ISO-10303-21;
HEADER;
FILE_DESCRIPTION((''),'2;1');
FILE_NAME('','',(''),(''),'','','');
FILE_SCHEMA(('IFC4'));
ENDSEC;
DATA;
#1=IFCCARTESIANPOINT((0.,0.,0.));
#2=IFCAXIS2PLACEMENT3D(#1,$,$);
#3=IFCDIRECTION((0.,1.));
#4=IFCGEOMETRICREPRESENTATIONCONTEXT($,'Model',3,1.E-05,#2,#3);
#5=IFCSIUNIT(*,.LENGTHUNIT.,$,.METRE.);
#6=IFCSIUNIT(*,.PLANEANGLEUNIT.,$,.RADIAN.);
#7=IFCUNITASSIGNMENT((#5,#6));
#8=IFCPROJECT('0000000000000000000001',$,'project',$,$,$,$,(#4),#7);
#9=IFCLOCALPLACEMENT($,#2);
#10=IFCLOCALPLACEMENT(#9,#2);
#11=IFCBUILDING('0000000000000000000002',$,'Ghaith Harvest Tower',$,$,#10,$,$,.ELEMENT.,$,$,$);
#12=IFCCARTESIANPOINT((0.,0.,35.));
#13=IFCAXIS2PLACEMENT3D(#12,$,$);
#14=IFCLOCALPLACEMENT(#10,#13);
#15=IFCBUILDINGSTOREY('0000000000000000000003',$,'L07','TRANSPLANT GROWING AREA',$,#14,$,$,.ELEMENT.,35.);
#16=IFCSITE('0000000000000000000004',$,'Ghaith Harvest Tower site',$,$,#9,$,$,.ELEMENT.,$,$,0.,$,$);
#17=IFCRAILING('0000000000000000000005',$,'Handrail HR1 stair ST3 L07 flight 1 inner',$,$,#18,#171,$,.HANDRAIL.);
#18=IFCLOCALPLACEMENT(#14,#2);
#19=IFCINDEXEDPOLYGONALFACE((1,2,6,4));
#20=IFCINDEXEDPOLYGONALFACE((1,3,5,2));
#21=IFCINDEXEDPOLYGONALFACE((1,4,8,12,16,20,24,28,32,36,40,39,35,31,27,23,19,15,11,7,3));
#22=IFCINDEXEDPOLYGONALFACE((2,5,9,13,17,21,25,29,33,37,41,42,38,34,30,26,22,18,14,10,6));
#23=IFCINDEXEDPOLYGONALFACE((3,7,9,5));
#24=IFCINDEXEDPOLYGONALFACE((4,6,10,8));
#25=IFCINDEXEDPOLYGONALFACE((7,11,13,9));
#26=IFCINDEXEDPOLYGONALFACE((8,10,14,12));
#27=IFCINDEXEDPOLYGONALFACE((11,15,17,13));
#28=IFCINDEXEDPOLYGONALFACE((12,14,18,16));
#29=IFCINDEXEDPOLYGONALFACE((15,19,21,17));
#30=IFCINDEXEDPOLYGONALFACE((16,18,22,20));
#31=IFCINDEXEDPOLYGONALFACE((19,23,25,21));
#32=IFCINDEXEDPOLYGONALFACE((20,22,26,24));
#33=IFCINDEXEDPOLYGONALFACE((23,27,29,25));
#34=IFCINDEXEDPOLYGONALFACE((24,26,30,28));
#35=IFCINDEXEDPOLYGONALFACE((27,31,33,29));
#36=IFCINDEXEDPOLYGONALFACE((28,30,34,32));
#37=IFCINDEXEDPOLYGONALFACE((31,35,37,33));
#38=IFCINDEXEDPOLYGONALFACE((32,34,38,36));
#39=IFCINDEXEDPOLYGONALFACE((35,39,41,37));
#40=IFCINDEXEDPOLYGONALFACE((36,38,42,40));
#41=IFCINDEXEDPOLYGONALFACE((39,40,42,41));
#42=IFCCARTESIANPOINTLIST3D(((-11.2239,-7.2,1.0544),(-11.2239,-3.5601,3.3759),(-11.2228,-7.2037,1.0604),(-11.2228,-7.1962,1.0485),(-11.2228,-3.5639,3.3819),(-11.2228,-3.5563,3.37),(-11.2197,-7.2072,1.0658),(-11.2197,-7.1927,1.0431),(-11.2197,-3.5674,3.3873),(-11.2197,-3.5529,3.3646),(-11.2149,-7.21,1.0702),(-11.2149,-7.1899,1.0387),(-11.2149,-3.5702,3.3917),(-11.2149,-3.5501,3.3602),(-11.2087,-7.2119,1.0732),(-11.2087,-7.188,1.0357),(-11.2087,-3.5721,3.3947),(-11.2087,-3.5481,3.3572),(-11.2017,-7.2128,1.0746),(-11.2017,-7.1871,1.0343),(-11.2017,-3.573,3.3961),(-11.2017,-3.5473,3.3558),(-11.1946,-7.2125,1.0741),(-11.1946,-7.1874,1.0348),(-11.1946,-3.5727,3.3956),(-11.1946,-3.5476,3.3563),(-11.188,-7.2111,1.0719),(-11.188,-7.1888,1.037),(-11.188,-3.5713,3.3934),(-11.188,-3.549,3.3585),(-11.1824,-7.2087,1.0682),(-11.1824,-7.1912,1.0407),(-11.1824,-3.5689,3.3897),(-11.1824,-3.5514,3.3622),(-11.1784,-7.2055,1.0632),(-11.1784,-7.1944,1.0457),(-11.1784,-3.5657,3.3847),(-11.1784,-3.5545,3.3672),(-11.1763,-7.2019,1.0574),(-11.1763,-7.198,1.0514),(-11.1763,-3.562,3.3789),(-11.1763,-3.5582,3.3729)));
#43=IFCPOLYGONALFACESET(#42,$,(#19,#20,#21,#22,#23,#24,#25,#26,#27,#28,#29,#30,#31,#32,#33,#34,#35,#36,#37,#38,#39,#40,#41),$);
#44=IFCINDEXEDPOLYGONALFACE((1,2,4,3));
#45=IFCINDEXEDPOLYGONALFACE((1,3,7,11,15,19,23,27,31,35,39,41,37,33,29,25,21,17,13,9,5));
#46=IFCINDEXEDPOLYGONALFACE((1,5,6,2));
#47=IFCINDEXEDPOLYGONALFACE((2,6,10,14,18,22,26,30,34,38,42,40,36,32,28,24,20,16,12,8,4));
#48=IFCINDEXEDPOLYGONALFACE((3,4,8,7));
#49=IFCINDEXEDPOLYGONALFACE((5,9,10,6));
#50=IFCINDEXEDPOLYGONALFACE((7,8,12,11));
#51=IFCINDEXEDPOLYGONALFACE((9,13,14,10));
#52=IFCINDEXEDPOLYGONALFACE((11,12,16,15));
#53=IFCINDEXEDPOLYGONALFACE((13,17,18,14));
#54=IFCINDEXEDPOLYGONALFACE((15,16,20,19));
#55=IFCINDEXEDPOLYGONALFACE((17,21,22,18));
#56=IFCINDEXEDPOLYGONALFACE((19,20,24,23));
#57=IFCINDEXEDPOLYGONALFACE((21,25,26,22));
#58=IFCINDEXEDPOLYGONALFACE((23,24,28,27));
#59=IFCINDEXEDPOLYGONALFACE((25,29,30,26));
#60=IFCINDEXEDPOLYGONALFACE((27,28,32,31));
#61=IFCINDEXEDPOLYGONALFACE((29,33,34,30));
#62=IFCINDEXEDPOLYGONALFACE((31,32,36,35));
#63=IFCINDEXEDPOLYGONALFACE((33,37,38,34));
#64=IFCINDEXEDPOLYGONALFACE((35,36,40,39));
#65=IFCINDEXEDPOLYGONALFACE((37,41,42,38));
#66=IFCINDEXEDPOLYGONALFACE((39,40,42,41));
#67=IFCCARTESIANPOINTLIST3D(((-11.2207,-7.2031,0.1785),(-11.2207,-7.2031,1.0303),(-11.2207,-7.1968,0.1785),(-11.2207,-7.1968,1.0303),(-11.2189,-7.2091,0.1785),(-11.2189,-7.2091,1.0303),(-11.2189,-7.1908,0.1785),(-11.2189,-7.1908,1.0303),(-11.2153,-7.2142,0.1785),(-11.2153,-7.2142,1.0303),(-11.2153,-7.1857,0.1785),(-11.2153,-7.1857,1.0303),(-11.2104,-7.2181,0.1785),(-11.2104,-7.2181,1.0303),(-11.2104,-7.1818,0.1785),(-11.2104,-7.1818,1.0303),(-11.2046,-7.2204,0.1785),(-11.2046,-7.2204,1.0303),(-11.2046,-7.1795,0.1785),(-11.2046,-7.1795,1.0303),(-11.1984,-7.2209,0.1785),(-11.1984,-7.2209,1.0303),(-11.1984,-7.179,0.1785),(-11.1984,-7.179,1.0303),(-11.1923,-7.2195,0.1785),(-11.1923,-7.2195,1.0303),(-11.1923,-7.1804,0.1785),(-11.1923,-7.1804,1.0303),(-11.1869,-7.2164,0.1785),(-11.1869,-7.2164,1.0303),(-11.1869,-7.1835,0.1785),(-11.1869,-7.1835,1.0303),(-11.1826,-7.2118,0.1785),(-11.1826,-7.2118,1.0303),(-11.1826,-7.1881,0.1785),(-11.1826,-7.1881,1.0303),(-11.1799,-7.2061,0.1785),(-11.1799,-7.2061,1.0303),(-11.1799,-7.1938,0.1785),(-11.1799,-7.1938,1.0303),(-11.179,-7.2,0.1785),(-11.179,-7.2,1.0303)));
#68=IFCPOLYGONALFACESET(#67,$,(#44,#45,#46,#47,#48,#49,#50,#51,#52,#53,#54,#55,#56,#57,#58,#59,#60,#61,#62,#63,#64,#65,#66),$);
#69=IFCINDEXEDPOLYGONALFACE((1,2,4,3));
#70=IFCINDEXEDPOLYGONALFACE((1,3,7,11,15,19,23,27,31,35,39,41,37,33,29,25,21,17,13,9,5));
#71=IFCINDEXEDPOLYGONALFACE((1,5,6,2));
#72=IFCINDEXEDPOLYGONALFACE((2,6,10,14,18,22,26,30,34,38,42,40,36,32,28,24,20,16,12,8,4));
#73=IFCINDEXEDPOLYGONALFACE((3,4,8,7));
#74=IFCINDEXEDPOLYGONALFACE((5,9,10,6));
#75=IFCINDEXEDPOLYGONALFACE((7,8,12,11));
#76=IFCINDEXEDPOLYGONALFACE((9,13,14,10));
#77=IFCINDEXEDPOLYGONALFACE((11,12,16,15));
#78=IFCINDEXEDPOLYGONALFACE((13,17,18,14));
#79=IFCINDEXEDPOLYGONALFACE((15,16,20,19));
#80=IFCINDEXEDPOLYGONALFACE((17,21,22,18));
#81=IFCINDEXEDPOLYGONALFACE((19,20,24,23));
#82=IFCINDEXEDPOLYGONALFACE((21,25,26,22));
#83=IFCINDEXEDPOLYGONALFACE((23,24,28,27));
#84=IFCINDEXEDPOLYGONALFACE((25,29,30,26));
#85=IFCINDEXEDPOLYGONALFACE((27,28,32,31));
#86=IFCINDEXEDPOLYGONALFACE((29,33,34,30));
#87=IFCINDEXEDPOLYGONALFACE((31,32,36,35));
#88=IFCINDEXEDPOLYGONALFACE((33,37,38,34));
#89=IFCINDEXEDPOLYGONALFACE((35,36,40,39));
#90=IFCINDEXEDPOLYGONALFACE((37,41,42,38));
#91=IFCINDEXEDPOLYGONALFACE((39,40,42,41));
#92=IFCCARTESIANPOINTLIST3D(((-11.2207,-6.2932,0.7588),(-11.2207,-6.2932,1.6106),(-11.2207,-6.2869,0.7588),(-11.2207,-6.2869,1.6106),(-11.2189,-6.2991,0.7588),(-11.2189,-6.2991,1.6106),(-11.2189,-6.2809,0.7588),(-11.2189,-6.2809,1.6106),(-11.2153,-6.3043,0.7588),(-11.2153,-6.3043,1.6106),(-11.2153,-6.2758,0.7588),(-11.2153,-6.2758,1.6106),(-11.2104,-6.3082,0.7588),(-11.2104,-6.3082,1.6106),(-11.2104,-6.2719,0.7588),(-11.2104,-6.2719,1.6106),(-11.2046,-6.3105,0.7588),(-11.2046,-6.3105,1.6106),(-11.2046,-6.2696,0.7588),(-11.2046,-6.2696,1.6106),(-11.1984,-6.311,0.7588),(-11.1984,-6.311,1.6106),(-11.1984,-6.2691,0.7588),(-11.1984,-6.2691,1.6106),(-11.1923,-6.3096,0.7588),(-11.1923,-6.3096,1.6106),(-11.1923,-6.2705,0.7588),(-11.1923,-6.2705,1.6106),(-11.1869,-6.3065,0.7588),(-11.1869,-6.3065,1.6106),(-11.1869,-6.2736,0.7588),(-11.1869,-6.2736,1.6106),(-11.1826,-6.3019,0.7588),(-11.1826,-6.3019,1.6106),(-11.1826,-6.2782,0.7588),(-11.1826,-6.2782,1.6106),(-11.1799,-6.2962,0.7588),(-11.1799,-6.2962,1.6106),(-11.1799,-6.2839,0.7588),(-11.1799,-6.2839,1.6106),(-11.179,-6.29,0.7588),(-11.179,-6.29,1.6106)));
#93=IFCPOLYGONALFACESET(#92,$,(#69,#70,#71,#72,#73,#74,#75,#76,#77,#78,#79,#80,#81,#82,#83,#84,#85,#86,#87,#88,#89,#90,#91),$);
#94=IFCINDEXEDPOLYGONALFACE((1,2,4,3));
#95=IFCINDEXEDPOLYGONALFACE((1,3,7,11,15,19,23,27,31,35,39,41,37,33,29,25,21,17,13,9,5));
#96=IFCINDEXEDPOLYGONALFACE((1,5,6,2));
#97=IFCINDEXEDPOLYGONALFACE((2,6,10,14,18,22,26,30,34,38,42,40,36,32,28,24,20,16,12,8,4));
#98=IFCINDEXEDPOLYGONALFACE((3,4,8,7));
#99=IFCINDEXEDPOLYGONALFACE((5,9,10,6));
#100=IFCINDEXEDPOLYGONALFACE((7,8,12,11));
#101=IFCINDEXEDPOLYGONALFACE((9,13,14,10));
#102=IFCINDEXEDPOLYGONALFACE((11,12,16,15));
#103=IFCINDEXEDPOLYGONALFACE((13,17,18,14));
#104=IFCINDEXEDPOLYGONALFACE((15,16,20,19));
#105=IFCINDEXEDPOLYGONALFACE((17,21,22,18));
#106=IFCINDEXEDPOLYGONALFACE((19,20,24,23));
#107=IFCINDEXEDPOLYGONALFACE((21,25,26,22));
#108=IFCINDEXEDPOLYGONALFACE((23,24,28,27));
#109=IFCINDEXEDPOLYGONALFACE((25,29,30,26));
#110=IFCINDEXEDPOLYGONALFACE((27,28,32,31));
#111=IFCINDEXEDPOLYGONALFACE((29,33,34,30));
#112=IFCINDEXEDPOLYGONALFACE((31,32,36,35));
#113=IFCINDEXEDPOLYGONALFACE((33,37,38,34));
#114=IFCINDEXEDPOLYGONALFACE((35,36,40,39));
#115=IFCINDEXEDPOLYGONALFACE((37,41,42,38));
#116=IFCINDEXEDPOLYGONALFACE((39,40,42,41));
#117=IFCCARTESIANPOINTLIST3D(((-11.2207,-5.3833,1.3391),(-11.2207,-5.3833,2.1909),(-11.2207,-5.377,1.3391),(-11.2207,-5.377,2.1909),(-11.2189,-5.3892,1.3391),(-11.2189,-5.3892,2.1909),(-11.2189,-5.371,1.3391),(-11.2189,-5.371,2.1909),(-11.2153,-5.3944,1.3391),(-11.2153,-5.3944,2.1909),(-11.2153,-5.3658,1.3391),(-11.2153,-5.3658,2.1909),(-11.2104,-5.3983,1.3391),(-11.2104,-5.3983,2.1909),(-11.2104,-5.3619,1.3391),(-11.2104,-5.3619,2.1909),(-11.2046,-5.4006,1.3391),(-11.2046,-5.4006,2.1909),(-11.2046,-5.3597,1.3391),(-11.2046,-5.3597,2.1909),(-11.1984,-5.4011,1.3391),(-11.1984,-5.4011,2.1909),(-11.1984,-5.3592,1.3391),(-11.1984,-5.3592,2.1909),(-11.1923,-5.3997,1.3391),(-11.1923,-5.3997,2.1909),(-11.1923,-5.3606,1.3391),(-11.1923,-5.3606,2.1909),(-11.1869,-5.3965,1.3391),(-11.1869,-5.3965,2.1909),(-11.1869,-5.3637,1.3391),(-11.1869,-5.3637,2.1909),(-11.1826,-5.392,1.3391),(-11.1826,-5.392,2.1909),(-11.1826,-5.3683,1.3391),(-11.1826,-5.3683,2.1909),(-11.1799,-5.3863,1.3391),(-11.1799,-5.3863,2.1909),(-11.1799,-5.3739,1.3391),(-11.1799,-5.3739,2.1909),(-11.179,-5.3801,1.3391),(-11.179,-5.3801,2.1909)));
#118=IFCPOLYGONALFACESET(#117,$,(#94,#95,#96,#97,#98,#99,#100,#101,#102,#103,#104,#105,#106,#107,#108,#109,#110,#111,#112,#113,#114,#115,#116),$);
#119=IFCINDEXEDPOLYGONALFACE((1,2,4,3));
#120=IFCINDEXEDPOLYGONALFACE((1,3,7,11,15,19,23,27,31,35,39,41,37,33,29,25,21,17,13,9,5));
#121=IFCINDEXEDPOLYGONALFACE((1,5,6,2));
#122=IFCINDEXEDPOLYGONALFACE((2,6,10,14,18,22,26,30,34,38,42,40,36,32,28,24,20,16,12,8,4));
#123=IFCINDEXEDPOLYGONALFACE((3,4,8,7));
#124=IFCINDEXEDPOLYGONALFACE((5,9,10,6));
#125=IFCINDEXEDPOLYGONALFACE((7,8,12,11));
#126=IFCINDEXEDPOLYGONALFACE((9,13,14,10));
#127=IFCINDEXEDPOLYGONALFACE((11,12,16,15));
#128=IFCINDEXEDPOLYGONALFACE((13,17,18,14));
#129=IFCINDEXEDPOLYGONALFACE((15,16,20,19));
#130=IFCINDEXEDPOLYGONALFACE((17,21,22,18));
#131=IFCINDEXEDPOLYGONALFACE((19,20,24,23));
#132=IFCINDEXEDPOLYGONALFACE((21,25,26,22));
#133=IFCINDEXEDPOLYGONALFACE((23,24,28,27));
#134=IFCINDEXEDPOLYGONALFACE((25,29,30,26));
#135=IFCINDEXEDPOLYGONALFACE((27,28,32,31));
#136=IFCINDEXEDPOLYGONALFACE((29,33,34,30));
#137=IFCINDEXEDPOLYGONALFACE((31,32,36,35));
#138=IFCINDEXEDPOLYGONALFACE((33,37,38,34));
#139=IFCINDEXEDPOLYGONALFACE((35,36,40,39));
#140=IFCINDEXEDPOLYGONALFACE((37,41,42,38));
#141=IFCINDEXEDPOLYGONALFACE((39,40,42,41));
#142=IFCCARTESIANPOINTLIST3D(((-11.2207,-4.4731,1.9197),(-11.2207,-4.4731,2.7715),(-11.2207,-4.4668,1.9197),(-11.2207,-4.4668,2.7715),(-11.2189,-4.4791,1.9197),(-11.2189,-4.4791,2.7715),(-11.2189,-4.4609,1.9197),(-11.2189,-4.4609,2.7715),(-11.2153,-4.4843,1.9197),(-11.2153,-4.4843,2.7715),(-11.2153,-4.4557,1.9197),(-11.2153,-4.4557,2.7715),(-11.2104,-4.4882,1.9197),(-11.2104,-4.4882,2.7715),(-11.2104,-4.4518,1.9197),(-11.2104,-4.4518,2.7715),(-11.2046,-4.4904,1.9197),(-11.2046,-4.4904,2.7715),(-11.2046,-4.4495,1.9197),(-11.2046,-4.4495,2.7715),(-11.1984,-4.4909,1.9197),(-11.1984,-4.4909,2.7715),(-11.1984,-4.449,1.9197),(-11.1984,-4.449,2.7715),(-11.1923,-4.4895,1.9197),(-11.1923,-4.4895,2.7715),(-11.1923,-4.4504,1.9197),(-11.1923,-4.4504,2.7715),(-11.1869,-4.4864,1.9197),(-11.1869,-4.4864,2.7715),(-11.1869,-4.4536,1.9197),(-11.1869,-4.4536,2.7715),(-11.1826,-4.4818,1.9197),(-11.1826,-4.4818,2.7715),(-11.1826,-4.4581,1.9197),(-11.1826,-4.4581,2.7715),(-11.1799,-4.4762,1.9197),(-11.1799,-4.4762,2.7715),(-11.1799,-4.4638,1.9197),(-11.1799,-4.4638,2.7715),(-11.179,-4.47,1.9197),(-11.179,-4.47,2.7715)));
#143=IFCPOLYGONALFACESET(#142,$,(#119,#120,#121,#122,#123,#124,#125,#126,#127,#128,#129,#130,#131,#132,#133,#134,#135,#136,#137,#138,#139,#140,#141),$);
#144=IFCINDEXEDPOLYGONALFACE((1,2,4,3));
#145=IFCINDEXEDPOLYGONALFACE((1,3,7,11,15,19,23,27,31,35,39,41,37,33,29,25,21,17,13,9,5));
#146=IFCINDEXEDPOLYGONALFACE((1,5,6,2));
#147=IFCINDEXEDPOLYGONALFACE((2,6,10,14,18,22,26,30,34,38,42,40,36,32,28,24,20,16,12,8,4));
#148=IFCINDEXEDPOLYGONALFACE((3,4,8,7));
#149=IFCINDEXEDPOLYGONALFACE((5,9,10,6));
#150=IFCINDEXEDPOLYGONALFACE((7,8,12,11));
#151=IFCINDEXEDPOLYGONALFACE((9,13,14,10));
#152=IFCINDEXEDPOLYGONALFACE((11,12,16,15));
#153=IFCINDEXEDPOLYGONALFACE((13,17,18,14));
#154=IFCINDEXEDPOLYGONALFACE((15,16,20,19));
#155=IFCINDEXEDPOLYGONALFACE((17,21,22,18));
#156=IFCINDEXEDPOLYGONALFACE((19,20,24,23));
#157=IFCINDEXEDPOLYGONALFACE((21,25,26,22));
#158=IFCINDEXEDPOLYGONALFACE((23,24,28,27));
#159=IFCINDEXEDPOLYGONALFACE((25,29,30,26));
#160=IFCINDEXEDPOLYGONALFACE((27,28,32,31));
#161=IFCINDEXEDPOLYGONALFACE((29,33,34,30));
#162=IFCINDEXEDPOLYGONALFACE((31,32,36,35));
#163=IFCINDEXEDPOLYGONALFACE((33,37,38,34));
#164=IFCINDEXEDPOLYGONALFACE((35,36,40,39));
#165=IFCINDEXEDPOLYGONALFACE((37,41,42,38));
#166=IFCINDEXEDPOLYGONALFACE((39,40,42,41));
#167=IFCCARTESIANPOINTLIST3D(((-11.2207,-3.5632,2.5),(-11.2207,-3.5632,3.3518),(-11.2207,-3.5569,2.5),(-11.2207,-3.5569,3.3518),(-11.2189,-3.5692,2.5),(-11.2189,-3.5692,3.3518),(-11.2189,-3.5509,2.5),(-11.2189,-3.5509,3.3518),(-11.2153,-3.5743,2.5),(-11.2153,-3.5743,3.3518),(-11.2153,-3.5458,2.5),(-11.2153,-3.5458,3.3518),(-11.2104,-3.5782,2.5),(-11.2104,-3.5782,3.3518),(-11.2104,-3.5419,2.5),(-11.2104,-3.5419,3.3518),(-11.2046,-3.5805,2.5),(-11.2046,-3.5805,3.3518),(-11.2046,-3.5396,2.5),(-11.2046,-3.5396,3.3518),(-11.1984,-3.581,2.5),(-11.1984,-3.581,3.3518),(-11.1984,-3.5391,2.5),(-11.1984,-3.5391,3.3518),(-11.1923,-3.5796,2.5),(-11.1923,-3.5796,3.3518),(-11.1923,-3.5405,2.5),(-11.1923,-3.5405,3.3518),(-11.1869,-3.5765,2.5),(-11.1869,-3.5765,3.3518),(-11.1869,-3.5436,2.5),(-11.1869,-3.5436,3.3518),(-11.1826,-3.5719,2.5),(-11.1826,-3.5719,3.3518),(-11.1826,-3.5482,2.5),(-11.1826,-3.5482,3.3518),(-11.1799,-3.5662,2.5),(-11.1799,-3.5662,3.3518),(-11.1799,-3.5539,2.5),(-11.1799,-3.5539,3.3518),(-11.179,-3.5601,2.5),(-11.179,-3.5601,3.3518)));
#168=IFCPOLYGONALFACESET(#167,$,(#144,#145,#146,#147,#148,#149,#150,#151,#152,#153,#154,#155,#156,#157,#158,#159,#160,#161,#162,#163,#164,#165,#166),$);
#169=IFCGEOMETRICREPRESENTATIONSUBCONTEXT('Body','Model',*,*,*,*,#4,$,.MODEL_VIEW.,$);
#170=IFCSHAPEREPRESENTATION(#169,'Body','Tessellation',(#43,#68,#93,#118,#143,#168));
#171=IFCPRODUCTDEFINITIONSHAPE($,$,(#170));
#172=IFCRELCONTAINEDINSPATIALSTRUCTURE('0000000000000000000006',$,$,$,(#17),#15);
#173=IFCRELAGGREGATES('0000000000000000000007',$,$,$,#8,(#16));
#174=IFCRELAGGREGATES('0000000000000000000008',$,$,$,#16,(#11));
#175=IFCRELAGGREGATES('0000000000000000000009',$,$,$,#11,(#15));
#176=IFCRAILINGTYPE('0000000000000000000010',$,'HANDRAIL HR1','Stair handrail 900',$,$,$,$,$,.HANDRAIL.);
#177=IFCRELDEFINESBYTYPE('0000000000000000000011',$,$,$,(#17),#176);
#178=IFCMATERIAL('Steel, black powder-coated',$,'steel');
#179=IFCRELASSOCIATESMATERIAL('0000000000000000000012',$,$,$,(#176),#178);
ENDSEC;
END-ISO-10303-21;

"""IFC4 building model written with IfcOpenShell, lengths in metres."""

from ifc_helpers import new_model, si_unit, direction, frame, origin, origin_2d, place, context, subcontext, project, spatial, circle, extrude, material, type_object, element, save


model = new_model("IFC4")

# Units and contexts
model_context = context("Model", 3, precision=1e-05, world=origin(), true_north=direction((0.0, 1.0)))
body_context = subcontext(model_context, "Body", "Model", "MODEL_VIEW")
ifc_project = project(units=[si_unit("LENGTHUNIT", "METRE"), si_unit("PLANEANGLEUNIT", "RADIAN")], contexts=[model_context])

# Site, building, storey
site_placement = place(None, origin())
site = spatial("IfcSite", under=ifc_project, at=site_placement, Name="Ghaith Harvest Tower site", CompositionType="ELEMENT", RefElevation=0.0)
building_placement = place(site_placement, origin())
building = spatial("IfcBuilding", under=site, at=building_placement, Name="Ghaith Harvest Tower", CompositionType="ELEMENT")
storey_placement = place(building_placement, frame((0.0, 0.0, 35.0)))
storey = spatial("IfcBuildingStorey", under=building, at=storey_placement, Name="L07", Description="TRANSPLANT GROWING AREA", CompositionType="ELEMENT", Elevation=35.0)

# Railing
ifc_material_1 = material(Name="Steel, black powder-coated", Category="steel")
railing_type = type_object("IfcRailingType", Name="HANDRAIL HR1", Description="Stair handrail 900", PredefinedType="HANDRAIL", material=ifc_material_1)
railing_1_placement = place(storey_placement, frame((-11.2, -7.2, 0.1785)))
element("IfcRailing", 1, at=railing_1_placement, inside=storey, type_object=railing_type, Name="Handrail HR1 stair ST3 L07 flight 1 inner", PredefinedType="HANDRAIL", context=body_context, shape_type="SweptSolid", body=[
    extrude(circle(Radius=0.0239, at=origin_2d()), frame((0.0, 0.0, 0.876), z_axis=(0.0, 0.843112, 0.537739), x_axis=(-1.0, 0.0, 0.0)), (0.0, 0.0, 1.0), 4.3171),
    extrude(circle(Radius=0.021, at=origin_2d()), origin(), (0.0, 0.0, 1.0), 0.8518),
    extrude(circle(Radius=0.021, at=origin_2d()), frame((0.0, 0.9099, 0.5803)), (0.0, 0.0, 1.0), 0.8518),
    extrude(circle(Radius=0.021, at=origin_2d()), frame((0.0, 1.8198, 1.1606)), (0.0, 0.0, 1.0), 0.8518),
    extrude(circle(Radius=0.021, at=origin_2d()), frame((0.0, 2.73, 1.7412)), (0.0, 0.0, 1.0), 0.8518),
    extrude(circle(Radius=0.021, at=origin_2d()), frame((0.0, 3.6399, 2.3215)), (0.0, 0.0, 1.0), 0.8518),
])

save(model, "model.ifc")
